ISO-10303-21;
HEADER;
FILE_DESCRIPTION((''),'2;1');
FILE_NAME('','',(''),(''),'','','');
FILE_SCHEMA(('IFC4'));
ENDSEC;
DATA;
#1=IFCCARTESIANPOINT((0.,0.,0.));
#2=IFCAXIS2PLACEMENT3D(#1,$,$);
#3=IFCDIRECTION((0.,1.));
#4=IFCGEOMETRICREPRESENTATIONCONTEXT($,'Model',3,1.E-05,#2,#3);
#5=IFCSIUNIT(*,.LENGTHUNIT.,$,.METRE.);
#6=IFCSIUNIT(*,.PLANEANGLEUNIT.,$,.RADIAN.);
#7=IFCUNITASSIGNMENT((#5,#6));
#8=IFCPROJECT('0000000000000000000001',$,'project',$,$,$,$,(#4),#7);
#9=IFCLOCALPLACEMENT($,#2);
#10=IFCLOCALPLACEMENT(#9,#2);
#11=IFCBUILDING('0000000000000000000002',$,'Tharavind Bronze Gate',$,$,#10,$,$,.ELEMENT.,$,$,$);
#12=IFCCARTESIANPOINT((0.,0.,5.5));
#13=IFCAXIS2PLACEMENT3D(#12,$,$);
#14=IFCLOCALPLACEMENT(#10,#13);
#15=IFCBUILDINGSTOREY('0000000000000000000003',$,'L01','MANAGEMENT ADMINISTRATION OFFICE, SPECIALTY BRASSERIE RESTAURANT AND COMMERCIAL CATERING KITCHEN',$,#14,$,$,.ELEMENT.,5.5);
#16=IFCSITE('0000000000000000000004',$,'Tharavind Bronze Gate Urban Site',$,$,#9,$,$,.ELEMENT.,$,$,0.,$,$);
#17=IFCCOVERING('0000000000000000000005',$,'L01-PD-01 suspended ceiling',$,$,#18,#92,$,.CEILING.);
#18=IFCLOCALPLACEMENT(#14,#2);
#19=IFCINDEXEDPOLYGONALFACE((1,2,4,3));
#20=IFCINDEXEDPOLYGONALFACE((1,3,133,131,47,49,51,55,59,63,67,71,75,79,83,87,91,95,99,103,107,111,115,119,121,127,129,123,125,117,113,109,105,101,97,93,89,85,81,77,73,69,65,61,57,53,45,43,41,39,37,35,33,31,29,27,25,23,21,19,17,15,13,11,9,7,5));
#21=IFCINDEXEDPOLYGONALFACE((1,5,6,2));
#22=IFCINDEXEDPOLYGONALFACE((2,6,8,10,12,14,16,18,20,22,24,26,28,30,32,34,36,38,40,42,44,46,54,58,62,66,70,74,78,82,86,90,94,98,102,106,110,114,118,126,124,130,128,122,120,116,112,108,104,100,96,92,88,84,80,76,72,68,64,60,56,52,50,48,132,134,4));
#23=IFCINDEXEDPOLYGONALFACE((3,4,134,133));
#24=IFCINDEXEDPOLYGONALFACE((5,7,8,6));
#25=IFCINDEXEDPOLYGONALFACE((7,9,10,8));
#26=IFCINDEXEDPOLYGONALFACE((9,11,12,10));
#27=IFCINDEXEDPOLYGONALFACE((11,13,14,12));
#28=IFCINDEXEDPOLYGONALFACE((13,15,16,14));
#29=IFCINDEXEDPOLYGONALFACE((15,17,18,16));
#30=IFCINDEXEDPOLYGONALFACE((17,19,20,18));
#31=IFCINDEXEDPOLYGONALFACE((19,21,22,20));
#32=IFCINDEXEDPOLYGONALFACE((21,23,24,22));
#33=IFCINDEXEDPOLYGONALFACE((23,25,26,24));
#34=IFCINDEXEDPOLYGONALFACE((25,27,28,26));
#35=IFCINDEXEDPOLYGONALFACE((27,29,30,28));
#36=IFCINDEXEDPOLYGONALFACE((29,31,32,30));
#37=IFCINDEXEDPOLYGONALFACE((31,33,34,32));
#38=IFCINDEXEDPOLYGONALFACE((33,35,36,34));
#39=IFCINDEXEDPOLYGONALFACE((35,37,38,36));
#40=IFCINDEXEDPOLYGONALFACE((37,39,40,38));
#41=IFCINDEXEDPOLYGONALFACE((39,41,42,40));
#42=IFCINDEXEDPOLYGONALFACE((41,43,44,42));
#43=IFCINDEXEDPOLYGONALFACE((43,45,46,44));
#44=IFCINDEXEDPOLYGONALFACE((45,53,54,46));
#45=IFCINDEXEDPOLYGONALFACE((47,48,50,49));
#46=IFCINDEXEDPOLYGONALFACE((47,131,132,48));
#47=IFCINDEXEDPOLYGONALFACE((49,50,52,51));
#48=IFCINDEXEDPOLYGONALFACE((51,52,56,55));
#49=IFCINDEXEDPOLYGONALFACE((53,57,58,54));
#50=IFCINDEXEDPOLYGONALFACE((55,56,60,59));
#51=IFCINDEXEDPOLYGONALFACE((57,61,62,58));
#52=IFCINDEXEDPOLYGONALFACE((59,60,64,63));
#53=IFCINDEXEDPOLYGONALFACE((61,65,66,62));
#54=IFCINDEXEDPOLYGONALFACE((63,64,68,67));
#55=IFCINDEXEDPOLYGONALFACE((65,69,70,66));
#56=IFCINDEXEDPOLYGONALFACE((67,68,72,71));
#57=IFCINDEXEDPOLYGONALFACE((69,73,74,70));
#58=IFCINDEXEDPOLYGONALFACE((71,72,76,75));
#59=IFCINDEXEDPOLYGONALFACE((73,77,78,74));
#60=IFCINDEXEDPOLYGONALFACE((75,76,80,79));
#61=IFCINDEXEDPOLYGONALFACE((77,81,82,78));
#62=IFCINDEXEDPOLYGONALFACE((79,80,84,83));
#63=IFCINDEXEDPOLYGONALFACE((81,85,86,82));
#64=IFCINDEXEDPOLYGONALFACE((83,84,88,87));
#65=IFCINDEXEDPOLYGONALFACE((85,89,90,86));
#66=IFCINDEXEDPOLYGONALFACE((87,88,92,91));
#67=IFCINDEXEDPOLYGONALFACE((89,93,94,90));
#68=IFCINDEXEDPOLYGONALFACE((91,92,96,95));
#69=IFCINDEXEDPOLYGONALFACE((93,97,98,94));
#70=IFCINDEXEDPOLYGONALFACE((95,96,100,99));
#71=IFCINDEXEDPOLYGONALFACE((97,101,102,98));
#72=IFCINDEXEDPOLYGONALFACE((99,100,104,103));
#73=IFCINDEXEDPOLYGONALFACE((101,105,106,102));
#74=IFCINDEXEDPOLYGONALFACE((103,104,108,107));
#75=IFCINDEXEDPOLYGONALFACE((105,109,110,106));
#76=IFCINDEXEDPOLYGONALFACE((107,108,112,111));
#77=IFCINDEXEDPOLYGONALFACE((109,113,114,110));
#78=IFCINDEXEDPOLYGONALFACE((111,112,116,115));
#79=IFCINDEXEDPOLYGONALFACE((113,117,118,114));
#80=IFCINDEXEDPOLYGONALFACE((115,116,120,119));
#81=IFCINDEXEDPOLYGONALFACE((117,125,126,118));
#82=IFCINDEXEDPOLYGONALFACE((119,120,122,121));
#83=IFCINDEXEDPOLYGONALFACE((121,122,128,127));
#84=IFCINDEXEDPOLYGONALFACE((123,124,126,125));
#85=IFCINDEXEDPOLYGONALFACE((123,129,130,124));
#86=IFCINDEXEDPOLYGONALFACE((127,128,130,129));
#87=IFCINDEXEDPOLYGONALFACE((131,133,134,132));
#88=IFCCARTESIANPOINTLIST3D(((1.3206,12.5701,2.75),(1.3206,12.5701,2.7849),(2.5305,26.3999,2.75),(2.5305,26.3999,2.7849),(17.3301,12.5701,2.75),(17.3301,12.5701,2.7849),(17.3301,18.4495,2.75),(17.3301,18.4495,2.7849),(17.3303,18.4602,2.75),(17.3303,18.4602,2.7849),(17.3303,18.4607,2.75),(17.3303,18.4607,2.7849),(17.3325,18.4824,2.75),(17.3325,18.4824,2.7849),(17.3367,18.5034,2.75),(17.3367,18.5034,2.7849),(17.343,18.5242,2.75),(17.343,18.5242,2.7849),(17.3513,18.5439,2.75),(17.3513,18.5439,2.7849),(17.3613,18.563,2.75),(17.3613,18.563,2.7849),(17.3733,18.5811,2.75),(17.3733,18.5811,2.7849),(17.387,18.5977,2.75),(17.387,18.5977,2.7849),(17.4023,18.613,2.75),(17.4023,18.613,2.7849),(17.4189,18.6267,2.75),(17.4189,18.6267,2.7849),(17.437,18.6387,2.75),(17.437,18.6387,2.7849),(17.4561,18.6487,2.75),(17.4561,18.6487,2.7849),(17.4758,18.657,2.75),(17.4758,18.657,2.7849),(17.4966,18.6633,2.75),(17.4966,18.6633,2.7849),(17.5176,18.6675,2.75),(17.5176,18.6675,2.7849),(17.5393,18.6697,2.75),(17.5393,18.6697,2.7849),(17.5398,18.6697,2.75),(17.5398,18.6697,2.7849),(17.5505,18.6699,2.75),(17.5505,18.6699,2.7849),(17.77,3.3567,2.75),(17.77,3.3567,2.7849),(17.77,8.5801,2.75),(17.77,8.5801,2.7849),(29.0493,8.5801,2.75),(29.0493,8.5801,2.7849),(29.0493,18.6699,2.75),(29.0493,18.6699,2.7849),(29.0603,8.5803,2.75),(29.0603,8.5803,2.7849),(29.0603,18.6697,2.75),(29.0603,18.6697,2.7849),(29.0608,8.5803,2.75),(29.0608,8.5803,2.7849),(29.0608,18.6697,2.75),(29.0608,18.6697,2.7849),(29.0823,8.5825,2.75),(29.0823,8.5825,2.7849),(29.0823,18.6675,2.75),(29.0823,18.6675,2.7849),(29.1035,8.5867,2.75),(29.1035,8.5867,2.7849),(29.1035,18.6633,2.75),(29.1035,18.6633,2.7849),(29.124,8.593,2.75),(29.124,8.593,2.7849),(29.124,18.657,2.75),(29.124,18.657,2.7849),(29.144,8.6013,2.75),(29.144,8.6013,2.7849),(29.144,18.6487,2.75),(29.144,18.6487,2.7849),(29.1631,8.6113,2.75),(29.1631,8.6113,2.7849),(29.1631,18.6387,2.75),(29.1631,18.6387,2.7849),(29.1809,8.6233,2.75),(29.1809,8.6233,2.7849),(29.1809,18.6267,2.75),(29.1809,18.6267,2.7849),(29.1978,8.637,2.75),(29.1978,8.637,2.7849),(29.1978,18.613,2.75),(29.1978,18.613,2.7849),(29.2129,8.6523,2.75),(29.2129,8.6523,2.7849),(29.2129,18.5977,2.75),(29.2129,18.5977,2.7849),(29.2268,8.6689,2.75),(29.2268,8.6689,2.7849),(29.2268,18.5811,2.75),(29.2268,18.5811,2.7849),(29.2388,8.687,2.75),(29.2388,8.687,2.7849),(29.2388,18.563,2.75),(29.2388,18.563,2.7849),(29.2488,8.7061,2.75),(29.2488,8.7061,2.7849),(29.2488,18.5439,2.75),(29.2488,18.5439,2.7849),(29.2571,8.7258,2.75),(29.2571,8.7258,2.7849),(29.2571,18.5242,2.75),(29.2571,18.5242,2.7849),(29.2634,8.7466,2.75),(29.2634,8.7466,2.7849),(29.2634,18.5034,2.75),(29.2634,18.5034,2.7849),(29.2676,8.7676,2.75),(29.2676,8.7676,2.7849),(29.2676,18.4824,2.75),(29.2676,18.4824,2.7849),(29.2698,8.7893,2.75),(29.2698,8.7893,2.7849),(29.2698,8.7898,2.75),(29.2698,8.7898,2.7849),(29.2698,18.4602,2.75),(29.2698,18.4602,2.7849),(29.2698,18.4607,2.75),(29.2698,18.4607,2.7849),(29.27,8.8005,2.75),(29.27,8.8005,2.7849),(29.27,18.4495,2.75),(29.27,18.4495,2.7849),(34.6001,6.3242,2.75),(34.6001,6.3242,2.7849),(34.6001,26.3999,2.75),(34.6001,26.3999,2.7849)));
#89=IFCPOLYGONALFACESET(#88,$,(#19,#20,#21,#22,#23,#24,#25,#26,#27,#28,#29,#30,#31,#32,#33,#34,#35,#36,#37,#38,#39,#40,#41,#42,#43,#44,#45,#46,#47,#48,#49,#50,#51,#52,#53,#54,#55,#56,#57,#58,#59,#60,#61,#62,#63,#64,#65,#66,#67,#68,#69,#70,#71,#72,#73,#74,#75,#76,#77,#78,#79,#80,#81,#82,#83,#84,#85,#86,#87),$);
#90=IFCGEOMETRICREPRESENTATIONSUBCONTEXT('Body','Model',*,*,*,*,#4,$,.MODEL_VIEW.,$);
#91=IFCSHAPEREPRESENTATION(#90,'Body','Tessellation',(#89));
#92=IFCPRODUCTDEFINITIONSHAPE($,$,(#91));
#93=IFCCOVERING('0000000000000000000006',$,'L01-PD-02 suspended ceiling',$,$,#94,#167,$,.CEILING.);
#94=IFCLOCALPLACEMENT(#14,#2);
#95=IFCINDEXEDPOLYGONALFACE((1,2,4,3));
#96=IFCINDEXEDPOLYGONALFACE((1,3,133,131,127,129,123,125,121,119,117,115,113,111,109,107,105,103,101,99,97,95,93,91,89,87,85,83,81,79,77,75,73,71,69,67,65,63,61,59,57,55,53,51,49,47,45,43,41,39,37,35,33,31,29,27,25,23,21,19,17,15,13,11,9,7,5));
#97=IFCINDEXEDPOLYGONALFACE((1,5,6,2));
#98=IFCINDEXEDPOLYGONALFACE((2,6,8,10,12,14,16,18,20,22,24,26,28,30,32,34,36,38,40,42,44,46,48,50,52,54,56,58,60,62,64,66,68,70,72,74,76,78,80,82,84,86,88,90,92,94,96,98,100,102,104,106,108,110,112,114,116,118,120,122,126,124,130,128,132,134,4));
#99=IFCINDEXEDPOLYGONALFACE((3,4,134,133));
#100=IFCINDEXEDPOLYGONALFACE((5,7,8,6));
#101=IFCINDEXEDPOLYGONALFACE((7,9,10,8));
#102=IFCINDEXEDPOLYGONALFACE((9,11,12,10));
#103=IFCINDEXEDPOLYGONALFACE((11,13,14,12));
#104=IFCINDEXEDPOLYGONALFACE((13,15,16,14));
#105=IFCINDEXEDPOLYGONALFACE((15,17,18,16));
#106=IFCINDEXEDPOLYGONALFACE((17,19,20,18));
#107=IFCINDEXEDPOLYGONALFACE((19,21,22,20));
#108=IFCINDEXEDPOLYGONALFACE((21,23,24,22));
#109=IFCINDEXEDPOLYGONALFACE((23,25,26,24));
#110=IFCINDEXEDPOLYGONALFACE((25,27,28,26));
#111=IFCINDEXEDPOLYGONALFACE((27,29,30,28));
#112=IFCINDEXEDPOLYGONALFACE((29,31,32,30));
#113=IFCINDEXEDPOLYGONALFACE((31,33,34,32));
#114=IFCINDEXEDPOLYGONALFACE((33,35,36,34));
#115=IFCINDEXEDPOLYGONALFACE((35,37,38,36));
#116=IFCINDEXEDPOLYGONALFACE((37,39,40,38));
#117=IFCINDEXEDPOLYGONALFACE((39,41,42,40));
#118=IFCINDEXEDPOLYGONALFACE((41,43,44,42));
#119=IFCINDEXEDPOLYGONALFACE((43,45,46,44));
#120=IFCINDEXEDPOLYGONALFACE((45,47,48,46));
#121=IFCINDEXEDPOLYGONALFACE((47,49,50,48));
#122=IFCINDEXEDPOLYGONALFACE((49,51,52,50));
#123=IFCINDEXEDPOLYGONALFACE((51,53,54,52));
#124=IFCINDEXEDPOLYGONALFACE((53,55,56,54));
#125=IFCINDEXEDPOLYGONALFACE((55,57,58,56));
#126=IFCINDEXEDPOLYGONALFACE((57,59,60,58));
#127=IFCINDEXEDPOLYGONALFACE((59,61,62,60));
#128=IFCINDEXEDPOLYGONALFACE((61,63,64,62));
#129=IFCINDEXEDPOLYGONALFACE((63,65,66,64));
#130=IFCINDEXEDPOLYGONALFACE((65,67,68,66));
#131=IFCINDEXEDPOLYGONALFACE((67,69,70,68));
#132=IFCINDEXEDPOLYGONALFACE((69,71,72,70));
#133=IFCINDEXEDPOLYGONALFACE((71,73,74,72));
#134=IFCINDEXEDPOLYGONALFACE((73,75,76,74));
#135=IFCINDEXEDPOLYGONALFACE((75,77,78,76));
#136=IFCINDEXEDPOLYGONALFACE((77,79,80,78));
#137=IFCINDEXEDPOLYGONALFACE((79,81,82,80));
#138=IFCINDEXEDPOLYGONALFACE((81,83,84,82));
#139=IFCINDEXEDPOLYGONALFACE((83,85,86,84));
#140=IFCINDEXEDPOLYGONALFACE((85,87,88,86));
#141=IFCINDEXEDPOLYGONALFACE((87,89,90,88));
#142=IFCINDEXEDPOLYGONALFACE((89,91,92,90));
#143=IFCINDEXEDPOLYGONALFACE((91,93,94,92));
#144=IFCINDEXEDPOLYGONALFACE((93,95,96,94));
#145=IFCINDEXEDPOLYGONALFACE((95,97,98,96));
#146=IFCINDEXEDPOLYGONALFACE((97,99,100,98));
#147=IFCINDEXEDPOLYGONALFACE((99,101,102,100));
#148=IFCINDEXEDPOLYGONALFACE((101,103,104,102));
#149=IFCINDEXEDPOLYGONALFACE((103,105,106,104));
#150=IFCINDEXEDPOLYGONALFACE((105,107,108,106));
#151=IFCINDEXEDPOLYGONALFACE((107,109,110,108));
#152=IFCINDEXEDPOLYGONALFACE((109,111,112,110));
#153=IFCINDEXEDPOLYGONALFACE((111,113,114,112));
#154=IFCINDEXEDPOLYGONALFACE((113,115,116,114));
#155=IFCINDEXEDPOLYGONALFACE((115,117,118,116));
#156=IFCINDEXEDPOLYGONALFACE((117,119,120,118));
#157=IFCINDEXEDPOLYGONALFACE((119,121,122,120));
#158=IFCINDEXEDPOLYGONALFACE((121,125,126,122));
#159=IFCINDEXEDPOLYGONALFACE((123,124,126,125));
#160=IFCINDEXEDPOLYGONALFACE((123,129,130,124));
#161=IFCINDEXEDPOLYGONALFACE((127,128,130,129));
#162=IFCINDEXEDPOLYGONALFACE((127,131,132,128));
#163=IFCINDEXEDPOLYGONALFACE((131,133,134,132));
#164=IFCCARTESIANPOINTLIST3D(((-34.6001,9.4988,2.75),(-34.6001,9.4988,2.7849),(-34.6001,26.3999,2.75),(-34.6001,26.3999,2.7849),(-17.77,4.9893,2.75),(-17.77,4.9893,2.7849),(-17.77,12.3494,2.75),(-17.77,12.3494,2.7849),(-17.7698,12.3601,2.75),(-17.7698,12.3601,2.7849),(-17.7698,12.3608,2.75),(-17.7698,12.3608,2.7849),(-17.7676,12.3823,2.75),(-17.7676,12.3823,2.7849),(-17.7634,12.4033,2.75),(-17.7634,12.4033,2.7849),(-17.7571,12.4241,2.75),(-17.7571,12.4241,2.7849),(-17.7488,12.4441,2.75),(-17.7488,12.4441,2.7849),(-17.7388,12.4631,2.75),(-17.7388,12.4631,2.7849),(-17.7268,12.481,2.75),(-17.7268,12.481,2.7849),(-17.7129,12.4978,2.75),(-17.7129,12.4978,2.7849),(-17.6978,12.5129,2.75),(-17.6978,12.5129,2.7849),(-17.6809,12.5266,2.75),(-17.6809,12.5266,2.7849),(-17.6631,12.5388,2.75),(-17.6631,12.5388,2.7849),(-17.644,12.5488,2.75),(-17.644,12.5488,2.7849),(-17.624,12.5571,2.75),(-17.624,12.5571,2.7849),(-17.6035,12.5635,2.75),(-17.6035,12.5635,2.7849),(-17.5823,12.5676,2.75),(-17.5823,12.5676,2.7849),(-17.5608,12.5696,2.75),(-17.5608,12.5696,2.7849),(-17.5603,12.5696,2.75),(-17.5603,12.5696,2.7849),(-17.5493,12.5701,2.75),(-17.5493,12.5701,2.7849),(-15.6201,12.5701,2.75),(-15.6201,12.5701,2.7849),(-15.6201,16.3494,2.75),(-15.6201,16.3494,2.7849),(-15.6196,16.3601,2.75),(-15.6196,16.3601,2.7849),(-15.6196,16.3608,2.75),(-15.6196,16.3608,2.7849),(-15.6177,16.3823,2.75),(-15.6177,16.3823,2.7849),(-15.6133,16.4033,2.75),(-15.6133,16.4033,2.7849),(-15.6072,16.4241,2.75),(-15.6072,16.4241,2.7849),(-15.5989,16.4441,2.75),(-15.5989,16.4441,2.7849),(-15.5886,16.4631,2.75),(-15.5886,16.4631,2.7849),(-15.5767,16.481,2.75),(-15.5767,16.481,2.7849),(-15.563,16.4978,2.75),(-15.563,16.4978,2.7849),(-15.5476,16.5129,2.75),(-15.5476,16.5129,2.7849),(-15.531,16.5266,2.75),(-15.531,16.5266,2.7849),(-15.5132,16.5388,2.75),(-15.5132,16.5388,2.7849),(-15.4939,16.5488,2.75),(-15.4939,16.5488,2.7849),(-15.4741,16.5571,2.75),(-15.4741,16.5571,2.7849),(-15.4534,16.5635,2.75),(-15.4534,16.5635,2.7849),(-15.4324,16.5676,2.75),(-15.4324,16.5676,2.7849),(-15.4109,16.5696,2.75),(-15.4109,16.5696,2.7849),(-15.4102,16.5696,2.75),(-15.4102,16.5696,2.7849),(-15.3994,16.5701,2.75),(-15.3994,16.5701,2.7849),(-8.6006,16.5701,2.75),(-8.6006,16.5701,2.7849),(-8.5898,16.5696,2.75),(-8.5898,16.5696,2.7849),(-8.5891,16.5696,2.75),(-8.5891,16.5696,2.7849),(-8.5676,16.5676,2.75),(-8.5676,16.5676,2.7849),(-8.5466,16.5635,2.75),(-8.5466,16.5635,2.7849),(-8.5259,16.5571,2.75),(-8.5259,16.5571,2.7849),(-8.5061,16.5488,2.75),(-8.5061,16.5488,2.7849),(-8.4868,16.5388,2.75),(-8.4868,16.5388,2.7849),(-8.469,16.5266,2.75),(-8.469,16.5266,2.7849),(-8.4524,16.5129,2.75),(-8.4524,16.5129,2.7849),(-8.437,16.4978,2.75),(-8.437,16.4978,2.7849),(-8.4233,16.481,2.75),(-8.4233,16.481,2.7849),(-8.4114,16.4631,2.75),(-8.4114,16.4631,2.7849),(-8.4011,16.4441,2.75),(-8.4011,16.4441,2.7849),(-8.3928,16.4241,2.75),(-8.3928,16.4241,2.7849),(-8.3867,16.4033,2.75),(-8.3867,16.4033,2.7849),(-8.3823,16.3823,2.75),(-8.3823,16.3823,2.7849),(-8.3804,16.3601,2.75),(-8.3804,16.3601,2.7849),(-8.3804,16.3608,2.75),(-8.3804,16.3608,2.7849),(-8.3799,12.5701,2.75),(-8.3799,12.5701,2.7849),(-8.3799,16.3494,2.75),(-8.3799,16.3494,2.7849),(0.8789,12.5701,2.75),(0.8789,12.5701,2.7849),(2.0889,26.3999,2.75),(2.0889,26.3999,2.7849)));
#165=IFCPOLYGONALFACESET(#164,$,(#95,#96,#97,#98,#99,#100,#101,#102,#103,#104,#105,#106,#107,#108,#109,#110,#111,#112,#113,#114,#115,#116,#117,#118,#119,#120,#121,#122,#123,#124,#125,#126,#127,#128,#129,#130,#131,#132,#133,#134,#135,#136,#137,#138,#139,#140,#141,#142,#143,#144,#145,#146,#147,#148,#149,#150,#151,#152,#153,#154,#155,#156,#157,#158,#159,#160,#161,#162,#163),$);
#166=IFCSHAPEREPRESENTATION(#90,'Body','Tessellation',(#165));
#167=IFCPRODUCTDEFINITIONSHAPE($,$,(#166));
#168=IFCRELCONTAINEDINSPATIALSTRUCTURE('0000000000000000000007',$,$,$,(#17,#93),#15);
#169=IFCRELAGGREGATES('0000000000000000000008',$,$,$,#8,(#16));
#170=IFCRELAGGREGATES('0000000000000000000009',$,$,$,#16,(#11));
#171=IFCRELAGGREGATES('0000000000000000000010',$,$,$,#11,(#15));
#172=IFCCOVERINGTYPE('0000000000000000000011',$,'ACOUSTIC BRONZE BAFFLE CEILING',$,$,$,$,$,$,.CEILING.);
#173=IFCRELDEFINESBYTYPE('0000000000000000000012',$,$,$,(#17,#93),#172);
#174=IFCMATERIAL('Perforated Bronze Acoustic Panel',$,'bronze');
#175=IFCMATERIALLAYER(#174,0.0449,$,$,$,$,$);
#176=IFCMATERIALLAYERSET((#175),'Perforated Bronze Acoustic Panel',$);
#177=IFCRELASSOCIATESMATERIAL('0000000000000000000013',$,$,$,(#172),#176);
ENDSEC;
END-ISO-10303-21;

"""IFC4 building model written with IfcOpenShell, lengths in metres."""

from ifc_helpers import new_model, si_unit, direction, frame, origin, place, context, subcontext, project, spatial, polyline, outline, extrude, material, layer, layer_set, type_object, element, save


model = new_model("IFC4")

# Units and contexts
model_context = context("Model", 3, precision=1e-05, world=origin(), true_north=direction((0.0, 1.0)))
body_context = subcontext(model_context, "Body", "Model", "MODEL_VIEW")
ifc_project = project(units=[si_unit("LENGTHUNIT", "METRE"), si_unit("PLANEANGLEUNIT", "RADIAN")], contexts=[model_context])

# Site, building, storey
site_placement = place(None, origin())
site = spatial("IfcSite", under=ifc_project, at=site_placement, Name="Tharavind Bronze Gate Urban Site", CompositionType="ELEMENT", RefElevation=0.0)
building_placement = place(site_placement, origin())
building = spatial("IfcBuilding", under=site, at=building_placement, Name="Tharavind Bronze Gate", CompositionType="ELEMENT")
storey_placement = place(building_placement, frame((0.0, 0.0, 5.5)))
storey = spatial("IfcBuildingStorey", under=building, at=storey_placement, Name="L01", Description="MANAGEMENT ADMINISTRATION OFFICE, SPECIALTY BRASSERIE RESTAURANT AND COMMERCIAL CATERING KITCHEN", CompositionType="ELEMENT", Elevation=5.5)

# Coverings
ifc_material_1 = material(Name="Perforated Bronze Acoustic Panel", Category="bronze")
ifc_layer_1 = layer(ifc_material_1, 0.0449)
ifc_layer_set_1 = layer_set([ifc_layer_1], Name="Perforated Bronze Acoustic Panel")
covering_type_1 = type_object("IfcCoveringType", Name="ACOUSTIC BRONZE BAFFLE CEILING", PredefinedType="CEILING", material=ifc_layer_set_1)
covering_1_placement = place(storey_placement, frame((0.0, 0.0, 2.75)))
element("IfcCovering", 1, at=covering_1_placement, inside=storey, type_object=covering_type_1, Name="L01-PD-01 suspended ceiling", PredefinedType="CEILING", context=body_context, shape_type="SweptSolid", body=[
    extrude(outline(polyline([(17.3301, 12.5701), (17.3301, 18.4495), (17.3303, 18.4602), (17.3303, 18.4607), (17.3325, 18.4824), (17.3367, 18.5034), (17.343, 18.5242), (17.3513, 18.5439), (17.3613, 18.563), (17.3733, 18.5811), (17.387, 18.5977), (17.4023, 18.613), (17.4189, 18.6267), (17.437, 18.6387), (17.4561, 18.6487), (17.4758, 18.657), (17.4966, 18.6633), (17.5176, 18.6675), (17.5393, 18.6697), (17.5398, 18.6697), (17.5505, 18.6699), (29.0493, 18.6699), (29.0603, 18.6697), (29.0608, 18.6697), (29.0823, 18.6675), (29.1035, 18.6633), (29.124, 18.657), (29.144, 18.6487), (29.1631, 18.6387), (29.1809, 18.6267), (29.1978, 18.613), (29.2129, 18.5977), (29.2268, 18.5811), (29.2388, 18.563), (29.2488, 18.5439), (29.2571, 18.5242), (29.2634, 18.5034), (29.2676, 18.4824), (29.2698, 18.4607), (29.2698, 18.4602), (29.27, 18.4495), (29.27, 8.8005), (29.2698, 8.7898), (29.2698, 8.7893), (29.2676, 8.7676), (29.2634, 8.7466), (29.2571, 8.7258), (29.2488, 8.7061), (29.2388, 8.687), (29.2268, 8.6689), (29.2129, 8.6523), (29.1978, 8.637), (29.1809, 8.6233), (29.1631, 8.6113), (29.144, 8.6013), (29.124, 8.593), (29.1035, 8.5867), (29.0823, 8.5825), (29.0608, 8.5803), (29.0603, 8.5803), (29.0493, 8.5801), (17.77, 8.5801), (17.77, 3.3567), (34.6001, 6.3242), (34.6001, 26.3999), (2.5305, 26.3999), (1.3206, 12.5701), (17.3301, 12.5701)])), origin(), (0.0, 0.0, 1.0), 0.0349),
])
covering_2_placement = place(storey_placement, frame((0.0, 0.0, 2.75)))
element("IfcCovering", 2, at=covering_2_placement, inside=storey, type_object=covering_type_1, Name="L01-PD-02 suspended ceiling", PredefinedType="CEILING", context=body_context, shape_type="SweptSolid", body=[
    extrude(outline(polyline([(-34.6001, 9.4988), (-17.77, 4.9893), (-17.77, 12.3494), (-17.7698, 12.3601), (-17.7698, 12.3608), (-17.7676, 12.3823), (-17.7634, 12.4033), (-17.7571, 12.4241), (-17.7488, 12.4441), (-17.7388, 12.4631), (-17.7268, 12.481), (-17.7129, 12.4978), (-17.6978, 12.5129), (-17.6809, 12.5266), (-17.6631, 12.5388), (-17.644, 12.5488), (-17.624, 12.5571), (-17.6035, 12.5635), (-17.5823, 12.5676), (-17.5608, 12.5696), (-17.5603, 12.5696), (-17.5493, 12.5701), (-15.6201, 12.5701), (-15.6201, 16.3494), (-15.6196, 16.3601), (-15.6196, 16.3608), (-15.6177, 16.3823), (-15.6133, 16.4033), (-15.6072, 16.4241), (-15.5989, 16.4441), (-15.5886, 16.4631), (-15.5767, 16.481), (-15.563, 16.4978), (-15.5476, 16.5129), (-15.531, 16.5266), (-15.5132, 16.5388), (-15.4939, 16.5488), (-15.4741, 16.5571), (-15.4534, 16.5635), (-15.4324, 16.5676), (-15.4109, 16.5696), (-15.4102, 16.5696), (-15.3994, 16.5701), (-8.6006, 16.5701), (-8.5898, 16.5696), (-8.5891, 16.5696), (-8.5676, 16.5676), (-8.5466, 16.5635), (-8.5259, 16.5571), (-8.5061, 16.5488), (-8.4868, 16.5388), (-8.469, 16.5266), (-8.4524, 16.5129), (-8.437, 16.4978), (-8.4233, 16.481), (-8.4114, 16.4631), (-8.4011, 16.4441), (-8.3928, 16.4241), (-8.3867, 16.4033), (-8.3823, 16.3823), (-8.3804, 16.3608), (-8.3804, 16.3601), (-8.3799, 16.3494), (-8.3799, 12.5701), (0.8789, 12.5701), (2.0889, 26.3999), (-34.6001, 26.3999), (-34.6001, 9.4988)])), origin(), (0.0, 0.0, 1.0), 0.0349),
])

save(model, "model.ifc")
